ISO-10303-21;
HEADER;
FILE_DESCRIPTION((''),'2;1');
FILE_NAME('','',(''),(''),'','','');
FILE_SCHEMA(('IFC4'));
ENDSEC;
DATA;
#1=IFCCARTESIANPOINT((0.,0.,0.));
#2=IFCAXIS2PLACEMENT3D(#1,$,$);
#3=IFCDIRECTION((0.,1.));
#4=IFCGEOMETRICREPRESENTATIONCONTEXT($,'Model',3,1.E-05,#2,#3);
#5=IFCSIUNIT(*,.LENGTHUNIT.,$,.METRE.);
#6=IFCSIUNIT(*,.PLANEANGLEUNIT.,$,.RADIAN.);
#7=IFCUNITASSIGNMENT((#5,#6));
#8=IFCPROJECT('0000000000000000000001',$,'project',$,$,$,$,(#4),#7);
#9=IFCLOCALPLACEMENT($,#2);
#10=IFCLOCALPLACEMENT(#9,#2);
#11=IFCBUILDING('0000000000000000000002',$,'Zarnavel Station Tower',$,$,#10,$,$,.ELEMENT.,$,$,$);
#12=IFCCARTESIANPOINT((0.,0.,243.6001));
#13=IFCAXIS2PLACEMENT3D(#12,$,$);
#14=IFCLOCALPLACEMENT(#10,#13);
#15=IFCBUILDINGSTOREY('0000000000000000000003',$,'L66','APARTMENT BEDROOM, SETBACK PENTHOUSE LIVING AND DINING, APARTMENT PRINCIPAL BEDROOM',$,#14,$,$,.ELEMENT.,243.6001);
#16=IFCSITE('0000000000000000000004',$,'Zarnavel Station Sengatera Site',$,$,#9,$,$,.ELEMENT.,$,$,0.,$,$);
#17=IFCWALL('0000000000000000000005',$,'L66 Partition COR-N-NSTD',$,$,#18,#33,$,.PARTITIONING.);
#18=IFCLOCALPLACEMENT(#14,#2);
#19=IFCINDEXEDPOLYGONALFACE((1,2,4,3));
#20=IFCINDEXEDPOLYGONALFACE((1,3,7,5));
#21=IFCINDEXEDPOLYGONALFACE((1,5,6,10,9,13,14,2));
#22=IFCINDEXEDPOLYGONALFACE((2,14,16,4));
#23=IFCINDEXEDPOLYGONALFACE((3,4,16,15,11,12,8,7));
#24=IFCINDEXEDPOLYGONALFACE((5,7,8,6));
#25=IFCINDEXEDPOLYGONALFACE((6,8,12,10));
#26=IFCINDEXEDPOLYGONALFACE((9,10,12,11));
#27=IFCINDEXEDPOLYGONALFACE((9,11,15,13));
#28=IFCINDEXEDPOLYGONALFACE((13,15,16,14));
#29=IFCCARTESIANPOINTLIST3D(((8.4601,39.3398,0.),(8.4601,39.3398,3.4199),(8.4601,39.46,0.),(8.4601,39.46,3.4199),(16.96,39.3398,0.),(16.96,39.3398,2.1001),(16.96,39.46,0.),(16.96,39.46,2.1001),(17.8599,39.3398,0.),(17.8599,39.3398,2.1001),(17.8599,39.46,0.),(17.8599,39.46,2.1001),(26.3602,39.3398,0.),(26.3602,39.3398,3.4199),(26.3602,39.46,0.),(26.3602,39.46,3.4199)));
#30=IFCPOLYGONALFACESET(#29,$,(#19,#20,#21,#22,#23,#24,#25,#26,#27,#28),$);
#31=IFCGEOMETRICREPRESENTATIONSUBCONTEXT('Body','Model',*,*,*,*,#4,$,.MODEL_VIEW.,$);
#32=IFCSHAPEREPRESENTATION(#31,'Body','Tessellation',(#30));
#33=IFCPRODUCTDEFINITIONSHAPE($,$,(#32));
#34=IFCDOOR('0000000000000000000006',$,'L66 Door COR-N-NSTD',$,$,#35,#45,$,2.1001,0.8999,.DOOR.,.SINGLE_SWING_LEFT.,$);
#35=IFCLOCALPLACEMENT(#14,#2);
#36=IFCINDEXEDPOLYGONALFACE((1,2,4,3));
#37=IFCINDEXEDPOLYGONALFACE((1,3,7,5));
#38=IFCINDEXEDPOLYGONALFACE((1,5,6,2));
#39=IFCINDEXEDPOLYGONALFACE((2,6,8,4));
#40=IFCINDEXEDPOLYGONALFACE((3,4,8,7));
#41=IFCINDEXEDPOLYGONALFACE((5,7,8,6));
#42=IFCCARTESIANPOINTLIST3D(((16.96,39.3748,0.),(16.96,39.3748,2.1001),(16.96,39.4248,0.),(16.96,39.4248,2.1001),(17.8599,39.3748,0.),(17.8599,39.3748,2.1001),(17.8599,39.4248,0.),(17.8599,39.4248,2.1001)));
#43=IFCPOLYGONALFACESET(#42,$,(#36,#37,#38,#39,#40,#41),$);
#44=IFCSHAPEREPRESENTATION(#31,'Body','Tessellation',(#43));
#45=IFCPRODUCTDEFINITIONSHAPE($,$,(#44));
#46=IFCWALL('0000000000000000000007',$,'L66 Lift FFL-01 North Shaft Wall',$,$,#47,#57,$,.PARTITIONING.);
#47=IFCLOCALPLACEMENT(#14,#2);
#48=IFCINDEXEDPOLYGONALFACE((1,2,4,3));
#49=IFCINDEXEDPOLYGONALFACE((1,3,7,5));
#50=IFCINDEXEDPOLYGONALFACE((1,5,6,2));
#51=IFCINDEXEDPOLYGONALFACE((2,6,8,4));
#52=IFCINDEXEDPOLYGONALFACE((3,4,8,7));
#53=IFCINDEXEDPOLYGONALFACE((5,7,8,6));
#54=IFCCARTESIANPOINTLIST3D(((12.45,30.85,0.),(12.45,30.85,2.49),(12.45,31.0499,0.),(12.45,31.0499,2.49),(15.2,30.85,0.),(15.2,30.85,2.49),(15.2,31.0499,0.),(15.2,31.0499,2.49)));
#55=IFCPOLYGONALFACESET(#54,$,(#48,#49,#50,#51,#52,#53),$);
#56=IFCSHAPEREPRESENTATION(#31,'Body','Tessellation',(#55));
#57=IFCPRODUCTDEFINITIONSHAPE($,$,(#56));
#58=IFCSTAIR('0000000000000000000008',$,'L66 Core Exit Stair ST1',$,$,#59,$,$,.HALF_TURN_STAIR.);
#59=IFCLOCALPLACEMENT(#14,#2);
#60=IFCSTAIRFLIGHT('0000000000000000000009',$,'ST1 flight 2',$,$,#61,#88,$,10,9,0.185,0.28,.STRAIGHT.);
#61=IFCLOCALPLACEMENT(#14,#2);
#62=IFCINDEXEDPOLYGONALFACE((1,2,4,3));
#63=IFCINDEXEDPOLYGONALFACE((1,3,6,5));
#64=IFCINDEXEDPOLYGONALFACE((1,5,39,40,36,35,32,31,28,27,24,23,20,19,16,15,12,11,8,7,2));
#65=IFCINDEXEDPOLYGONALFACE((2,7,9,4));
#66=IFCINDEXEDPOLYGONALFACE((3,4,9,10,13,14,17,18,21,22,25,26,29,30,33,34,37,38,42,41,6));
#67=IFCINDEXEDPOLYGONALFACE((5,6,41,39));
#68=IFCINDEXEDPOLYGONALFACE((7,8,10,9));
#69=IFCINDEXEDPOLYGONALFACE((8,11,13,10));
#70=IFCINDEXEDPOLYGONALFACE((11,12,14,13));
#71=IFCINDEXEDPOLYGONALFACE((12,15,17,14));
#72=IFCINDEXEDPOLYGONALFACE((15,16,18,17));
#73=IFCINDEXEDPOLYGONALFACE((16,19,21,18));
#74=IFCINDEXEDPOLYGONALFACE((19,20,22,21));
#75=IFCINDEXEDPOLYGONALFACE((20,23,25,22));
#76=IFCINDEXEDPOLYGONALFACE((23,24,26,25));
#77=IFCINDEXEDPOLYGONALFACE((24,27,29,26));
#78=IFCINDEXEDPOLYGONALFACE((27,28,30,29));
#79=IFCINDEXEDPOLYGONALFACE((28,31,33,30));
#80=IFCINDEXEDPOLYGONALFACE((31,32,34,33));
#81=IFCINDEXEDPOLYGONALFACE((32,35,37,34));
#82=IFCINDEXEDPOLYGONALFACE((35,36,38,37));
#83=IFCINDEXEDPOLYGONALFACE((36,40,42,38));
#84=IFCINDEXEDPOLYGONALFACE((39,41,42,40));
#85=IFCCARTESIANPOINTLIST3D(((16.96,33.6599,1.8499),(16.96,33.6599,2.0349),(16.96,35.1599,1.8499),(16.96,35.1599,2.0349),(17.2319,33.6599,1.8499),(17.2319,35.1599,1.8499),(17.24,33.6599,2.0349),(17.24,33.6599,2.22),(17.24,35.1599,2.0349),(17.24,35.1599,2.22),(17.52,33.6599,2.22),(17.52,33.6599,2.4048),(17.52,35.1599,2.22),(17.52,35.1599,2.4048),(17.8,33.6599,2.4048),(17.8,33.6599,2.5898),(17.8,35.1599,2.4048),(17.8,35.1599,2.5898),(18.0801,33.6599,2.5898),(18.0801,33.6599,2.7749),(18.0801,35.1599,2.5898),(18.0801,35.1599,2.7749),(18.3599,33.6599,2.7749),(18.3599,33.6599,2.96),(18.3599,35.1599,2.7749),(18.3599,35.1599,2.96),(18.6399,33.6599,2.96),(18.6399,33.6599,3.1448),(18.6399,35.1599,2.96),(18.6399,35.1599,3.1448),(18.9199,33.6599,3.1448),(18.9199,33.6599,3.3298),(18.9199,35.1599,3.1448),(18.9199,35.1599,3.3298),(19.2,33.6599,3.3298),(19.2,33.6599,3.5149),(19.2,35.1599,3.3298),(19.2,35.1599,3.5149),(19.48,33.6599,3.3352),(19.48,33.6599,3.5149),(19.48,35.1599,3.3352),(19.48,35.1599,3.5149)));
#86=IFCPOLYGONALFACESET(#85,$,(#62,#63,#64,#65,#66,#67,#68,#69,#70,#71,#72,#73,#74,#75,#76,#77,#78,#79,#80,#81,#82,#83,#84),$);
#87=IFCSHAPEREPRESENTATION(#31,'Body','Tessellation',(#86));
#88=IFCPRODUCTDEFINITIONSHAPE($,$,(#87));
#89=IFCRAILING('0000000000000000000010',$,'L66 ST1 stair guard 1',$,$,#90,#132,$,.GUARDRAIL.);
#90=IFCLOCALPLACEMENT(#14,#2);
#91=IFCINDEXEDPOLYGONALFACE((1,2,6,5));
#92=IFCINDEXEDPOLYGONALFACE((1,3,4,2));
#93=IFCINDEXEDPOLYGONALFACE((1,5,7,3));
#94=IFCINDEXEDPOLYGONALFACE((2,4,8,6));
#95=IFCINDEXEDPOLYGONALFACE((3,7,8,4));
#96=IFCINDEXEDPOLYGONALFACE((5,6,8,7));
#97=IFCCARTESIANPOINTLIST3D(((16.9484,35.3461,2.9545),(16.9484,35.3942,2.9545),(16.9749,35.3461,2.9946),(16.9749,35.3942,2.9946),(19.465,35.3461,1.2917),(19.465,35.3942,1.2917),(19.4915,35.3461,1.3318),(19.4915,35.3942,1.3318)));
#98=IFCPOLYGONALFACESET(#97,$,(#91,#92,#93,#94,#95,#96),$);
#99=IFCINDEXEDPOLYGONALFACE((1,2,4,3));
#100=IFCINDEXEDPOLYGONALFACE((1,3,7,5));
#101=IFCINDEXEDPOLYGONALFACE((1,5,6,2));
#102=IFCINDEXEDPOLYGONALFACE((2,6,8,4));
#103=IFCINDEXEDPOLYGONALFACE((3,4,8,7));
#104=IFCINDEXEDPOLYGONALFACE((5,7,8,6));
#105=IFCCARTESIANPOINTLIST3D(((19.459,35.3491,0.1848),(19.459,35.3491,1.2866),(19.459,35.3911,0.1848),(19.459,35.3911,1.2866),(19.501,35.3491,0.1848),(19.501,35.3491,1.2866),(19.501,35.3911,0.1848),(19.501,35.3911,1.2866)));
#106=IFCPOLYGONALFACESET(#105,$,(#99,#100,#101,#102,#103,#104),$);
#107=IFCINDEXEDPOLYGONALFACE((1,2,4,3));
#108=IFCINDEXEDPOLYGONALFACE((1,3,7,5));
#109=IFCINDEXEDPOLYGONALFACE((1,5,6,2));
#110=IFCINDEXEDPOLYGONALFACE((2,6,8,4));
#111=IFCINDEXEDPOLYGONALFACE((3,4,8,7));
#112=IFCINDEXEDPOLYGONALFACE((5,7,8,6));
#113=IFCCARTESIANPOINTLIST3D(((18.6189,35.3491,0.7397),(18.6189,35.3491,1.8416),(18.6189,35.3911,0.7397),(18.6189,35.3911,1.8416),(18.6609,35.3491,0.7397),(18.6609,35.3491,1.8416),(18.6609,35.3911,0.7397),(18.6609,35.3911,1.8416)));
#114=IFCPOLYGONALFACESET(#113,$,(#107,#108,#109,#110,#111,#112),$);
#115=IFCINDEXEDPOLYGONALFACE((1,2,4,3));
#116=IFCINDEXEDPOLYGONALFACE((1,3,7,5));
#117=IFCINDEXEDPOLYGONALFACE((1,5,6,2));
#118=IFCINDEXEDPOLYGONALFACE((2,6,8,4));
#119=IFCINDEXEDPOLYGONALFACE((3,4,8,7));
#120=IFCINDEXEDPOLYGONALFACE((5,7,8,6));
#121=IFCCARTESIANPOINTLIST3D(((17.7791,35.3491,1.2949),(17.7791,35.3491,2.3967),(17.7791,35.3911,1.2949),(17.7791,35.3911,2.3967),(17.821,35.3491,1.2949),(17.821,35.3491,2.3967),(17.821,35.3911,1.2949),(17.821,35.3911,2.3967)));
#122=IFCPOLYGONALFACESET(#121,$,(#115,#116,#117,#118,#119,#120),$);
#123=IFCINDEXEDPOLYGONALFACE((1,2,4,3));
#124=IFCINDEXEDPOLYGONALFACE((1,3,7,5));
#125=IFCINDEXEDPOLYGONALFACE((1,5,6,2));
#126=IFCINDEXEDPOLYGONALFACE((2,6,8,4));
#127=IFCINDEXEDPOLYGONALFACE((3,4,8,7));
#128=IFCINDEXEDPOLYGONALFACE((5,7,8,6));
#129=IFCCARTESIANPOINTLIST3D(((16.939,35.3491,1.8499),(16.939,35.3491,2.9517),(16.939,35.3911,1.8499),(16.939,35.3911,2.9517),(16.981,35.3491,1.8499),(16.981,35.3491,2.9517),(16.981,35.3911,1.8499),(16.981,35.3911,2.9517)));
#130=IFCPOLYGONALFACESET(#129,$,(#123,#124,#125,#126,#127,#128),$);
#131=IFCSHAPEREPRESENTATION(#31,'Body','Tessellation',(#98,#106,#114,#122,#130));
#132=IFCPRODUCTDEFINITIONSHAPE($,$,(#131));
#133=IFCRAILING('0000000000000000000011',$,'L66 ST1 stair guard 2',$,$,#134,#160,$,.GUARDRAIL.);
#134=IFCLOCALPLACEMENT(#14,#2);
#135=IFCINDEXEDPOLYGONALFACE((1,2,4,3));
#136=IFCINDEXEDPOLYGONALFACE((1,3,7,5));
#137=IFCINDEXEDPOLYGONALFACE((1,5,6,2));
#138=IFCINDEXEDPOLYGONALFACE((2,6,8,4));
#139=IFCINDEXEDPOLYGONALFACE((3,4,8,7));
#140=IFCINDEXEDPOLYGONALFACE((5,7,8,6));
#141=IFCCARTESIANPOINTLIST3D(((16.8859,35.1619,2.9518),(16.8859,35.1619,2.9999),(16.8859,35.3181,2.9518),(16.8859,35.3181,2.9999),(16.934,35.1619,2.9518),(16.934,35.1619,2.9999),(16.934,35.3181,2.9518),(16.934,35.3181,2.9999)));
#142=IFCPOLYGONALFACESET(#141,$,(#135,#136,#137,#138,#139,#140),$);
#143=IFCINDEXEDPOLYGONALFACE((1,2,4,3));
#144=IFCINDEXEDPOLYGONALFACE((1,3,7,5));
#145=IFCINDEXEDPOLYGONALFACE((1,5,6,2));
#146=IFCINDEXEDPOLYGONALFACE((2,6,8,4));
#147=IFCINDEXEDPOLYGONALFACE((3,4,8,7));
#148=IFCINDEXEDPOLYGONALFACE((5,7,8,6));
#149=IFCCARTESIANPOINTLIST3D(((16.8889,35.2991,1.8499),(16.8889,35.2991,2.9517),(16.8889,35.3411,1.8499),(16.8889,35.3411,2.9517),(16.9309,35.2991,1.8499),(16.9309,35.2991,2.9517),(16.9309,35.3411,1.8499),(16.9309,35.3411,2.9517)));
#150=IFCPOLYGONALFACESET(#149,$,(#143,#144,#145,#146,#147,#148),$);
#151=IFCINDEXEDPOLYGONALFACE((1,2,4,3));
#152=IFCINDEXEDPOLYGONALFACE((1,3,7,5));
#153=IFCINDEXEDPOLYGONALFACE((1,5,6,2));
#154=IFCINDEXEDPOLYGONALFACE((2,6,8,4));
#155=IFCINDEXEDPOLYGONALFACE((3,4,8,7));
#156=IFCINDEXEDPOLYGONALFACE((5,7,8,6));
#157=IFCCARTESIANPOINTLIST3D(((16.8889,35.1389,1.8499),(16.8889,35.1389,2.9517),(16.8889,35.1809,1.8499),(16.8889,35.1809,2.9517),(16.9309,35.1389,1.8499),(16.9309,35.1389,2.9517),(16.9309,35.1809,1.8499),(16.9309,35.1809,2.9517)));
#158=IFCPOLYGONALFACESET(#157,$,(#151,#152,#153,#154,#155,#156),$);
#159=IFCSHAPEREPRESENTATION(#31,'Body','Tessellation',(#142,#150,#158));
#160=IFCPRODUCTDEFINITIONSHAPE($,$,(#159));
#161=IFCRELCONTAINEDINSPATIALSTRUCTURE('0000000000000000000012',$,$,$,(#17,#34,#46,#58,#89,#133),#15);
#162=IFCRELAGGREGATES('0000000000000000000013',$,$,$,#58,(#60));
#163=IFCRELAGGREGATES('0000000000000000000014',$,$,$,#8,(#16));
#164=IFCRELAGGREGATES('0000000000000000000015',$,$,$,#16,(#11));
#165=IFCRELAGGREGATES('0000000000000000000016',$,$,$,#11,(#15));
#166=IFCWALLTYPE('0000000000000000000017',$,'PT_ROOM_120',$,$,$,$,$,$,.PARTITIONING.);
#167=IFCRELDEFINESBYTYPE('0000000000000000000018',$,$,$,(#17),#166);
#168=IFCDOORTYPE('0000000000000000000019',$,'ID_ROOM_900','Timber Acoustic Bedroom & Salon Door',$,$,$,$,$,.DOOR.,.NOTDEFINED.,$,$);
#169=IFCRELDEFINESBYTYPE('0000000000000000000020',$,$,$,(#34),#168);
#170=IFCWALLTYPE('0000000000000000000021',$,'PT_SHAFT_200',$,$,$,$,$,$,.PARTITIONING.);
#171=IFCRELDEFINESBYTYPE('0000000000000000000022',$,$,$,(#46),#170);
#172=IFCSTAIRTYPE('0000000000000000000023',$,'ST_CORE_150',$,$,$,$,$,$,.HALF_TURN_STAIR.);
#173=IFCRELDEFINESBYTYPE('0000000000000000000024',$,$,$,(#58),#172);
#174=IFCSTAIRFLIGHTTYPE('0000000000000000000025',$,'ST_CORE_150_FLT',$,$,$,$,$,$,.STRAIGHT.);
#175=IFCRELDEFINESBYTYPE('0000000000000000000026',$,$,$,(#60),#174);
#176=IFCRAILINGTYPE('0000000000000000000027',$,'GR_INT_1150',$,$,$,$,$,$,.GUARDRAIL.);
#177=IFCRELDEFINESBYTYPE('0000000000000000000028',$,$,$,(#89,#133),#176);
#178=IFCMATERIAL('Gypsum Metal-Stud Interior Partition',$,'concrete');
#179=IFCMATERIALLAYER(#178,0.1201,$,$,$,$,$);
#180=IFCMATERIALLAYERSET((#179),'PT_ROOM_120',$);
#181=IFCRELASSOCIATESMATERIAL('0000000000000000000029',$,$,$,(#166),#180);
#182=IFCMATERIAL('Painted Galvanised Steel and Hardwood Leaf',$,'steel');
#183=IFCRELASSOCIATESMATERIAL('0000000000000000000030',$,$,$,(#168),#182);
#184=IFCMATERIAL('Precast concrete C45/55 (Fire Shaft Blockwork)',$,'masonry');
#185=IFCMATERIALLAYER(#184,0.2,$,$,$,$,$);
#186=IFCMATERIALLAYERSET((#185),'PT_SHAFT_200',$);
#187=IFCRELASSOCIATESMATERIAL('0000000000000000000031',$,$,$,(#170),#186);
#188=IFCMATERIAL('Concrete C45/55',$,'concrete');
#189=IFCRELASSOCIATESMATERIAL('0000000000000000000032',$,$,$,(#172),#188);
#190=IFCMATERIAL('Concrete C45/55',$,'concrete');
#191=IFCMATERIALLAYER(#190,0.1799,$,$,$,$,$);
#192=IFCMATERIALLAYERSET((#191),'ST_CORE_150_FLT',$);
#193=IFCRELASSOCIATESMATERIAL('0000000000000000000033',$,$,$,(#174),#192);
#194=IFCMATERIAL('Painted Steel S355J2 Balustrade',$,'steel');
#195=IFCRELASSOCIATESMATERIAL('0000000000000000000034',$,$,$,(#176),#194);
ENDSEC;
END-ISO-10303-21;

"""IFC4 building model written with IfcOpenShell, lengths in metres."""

from ifc_helpers import new_model, si_unit, direction, frame, frame_2d, origin, origin_2d, place, context, subcontext, project, spatial, polyline, rectangle, outline, extrude, material, layer, layer_set, type_object, element, fill, aggregate, save


model = new_model("IFC4")

# Units and contexts
model_context = context("Model", 3, precision=1e-05, world=origin(), true_north=direction((0.0, 1.0)))
body_context = subcontext(model_context, "Body", "Model", "MODEL_VIEW")
ifc_project = project(units=[si_unit("LENGTHUNIT", "METRE"), si_unit("PLANEANGLEUNIT", "RADIAN")], contexts=[model_context])

# Site, building, storey
site_placement = place(None, origin())
site = spatial("IfcSite", under=ifc_project, at=site_placement, Name="Zarnavel Station Sengatera Site", CompositionType="ELEMENT", RefElevation=0.0)
building_placement = place(site_placement, origin())
building = spatial("IfcBuilding", under=site, at=building_placement, Name="Zarnavel Station Tower", CompositionType="ELEMENT")
storey_placement = place(building_placement, frame((0.0, 0.0, 243.6001)))
storey = spatial("IfcBuildingStorey", under=building, at=storey_placement, Name="L66", Description="APARTMENT BEDROOM, SETBACK PENTHOUSE LIVING AND DINING, APARTMENT PRINCIPAL BEDROOM", CompositionType="ELEMENT", Elevation=243.6001)

# Wall, opening, door
ifc_material_1 = material(Name="Gypsum Metal-Stud Interior Partition", Category="concrete")
ifc_layer_1 = layer(ifc_material_1, 0.1201)
ifc_layer_set_1 = layer_set([ifc_layer_1], Name="PT_ROOM_120")
wall_type_1 = type_object("IfcWallType", Name="PT_ROOM_120", PredefinedType="PARTITIONING", material=ifc_layer_set_1)
wall_1_placement = place(storey_placement, frame((8.46, 39.3999, 0.0), z_axis=(0.0, 0.0, 1.0), x_axis=(1.0, 0.0, 0.0)))
wall_1 = element("IfcWall", 1, at=wall_1_placement, inside=storey, type_object=wall_type_1, Name="L66 Partition COR-N-NSTD", PredefinedType="PARTITIONING", context=body_context, shape_type="SweptSolid", body=[
    extrude(rectangle(XDim=17.9001, YDim=0.1201, at=frame_2d((8.9502, 0.0))), origin(), (0.0, 0.0, 1.0), 3.4199),
])
opening_1_placement = place(wall_1_placement, frame((8.5, 0.0, 0.0)))
opening_1 = element("IfcOpeningElement", 2, at=opening_1_placement, cuts=wall_1, PredefinedType="OPENING", context=body_context, shape_type="SweptSolid", body=[
    extrude(rectangle(XDim=0.8999, YDim=2.1001, at=frame_2d((0.45, 1.05))), frame((0.0, 0.0701, 0.0), z_axis=(0.0, -1.0, 0.0), x_axis=(1.0, 0.0, 0.0)), (0.0, 0.0, 1.0), 0.1401),
])
ifc_material_2 = material(Name="Painted Galvanised Steel and Hardwood Leaf", Category="steel")
door_type = type_object("IfcDoorType", Name="ID_ROOM_900", Description="Timber Acoustic Bedroom & Salon Door", OperationType="NOTDEFINED", PredefinedType="DOOR", material=ifc_material_2)
door_placement = place(opening_1_placement, origin())
door = element("IfcDoor", 3, at=door_placement, inside=storey, type_object=door_type, Name="L66 Door COR-N-NSTD", OperationType="SINGLE_SWING_LEFT", OverallHeight=2.1001, OverallWidth=0.8999, PredefinedType="DOOR", context=body_context, shape_type="SweptSolid", body=[
    extrude(rectangle(XDim=0.8999, YDim=2.1001, at=frame_2d((0.45, 1.05))), frame((0.0, 0.0249, 0.0), z_axis=(0.0, -1.0, 0.0), x_axis=(1.0, 0.0, 0.0)), (0.0, 0.0, 1.0), 0.05),
])
fill(opening_1, door)

# Wall
ifc_material_3 = material(Name="Precast concrete C45/55 (Fire Shaft Blockwork)", Category="masonry")
ifc_layer_2 = layer(ifc_material_3, 0.2)
ifc_layer_set_2 = layer_set([ifc_layer_2], Name="PT_SHAFT_200")
wall_type_2 = type_object("IfcWallType", Name="PT_SHAFT_200", PredefinedType="PARTITIONING", material=ifc_layer_set_2)
wall_2_placement = place(storey_placement, frame((12.45, 30.95, 0.0), z_axis=(0.0, 0.0, 1.0), x_axis=(1.0, 0.0, 0.0)))
element("IfcWall", 4, at=wall_2_placement, inside=storey, type_object=wall_type_2, Name="L66 Lift FFL-01 North Shaft Wall", PredefinedType="PARTITIONING", context=body_context, shape_type="SweptSolid", body=[
    extrude(rectangle(XDim=2.75, YDim=0.2, at=frame_2d((1.375, 0.0))), origin(), (0.0, 0.0, 1.0), 2.49),
])

# Stair, stair flight
ifc_material_4 = material(Name="Concrete C45/55", Category="concrete")
stair_type = type_object("IfcStairType", Name="ST_CORE_150", PredefinedType="HALF_TURN_STAIR", material=ifc_material_4)
stair_placement = place(storey_placement, origin())
stair = element("IfcStair", 5, at=stair_placement, inside=storey, type_object=stair_type, Name="L66 Core Exit Stair ST1", PredefinedType="HALF_TURN_STAIR")
ifc_material_5 = material(Name="Concrete C45/55", Category="concrete")
ifc_layer_3 = layer(ifc_material_5, 0.1799)
ifc_layer_set_3 = layer_set([ifc_layer_3], Name="ST_CORE_150_FLT")
stair_flight_type = type_object("IfcStairFlightType", Name="ST_CORE_150_FLT", PredefinedType="STRAIGHT", material=ifc_layer_set_3)
stair_flight_placement = place(storey_placement, frame((16.96, 34.4099, 1.8499), z_axis=(0.0, 0.0, 1.0), x_axis=(1.0, 0.0, 0.0)))
stair_flight = element("IfcStairFlight", 6, at=stair_flight_placement, type_object=stair_flight_type, Name="ST1 flight 2", NumberOfRisers=10, NumberOfTreads=9, PredefinedType="STRAIGHT", RiserHeight=0.185, TreadLength=0.28, context=body_context, shape_type="SweptSolid", body=[
    extrude(outline(polyline([(0.0, 0.0), (0.0, 0.1851), (0.28, 0.1851), (0.28, 0.3701), (0.5601, 0.3701), (0.5601, 0.5549), (0.8401, 0.5549), (0.8401, 0.74), (1.1201, 0.74), (1.1201, 0.925), (1.3999, 0.925), (1.3999, 1.1101), (1.6799, 1.1101), (1.6799, 1.2949), (1.96, 1.2949), (1.96, 1.48), (2.24, 1.48), (2.24, 1.665), (2.52, 1.665), (2.52, 1.8501), (2.52, 1.4854), (0.272, 0.0), (0.0, 0.0)])), frame((0.0, 0.75, 0.0), z_axis=(0.0, -1.0, 0.0), x_axis=(1.0, 0.0, 0.0)), (0.0, 0.0, 1.0), 1.5),
])
aggregate(stair, [stair_flight])

# Railings
ifc_material_6 = material(Name="Painted Steel S355J2 Balustrade", Category="steel")
railing_type_1 = type_object("IfcRailingType", Name="GR_INT_1150", PredefinedType="GUARDRAIL", material=ifc_material_6)
railing_1_placement = place(storey_placement, frame((19.48, 35.3701, 0.1848)))
element("IfcRailing", 7, at=railing_1_placement, inside=storey, type_object=railing_type_1, Name="L66 ST1 stair guard 1", PredefinedType="GUARDRAIL", context=body_context, shape_type="SweptSolid", body=[
    extrude(rectangle(XDim=0.0481, YDim=0.0481, at=origin_2d()), frame((-0.0017, 0.0, 1.127), z_axis=(-0.834331, 0.0, 0.551263), x_axis=(0.0, -1.0, 0.0)), (0.0, 0.0, 1.0), 3.0164),
    extrude(rectangle(XDim=0.042, YDim=0.042, at=origin_2d()), origin(), (0.0, 0.0, 1.0), 1.1018),
    extrude(rectangle(XDim=0.042, YDim=0.042, at=origin_2d()), frame((-0.8401, 0.0, 0.5549)), (0.0, 0.0, 1.0), 1.1018),
    extrude(rectangle(XDim=0.042, YDim=0.042, at=origin_2d()), frame((-1.6799, 0.0, 1.1101)), (0.0, 0.0, 1.0), 1.1018),
    extrude(rectangle(XDim=0.042, YDim=0.042, at=origin_2d()), frame((-2.52, 0.0, 1.665)), (0.0, 0.0, 1.0), 1.1018),
])
railing_2_placement = place(storey_placement, frame((16.9099, 35.3201, 1.8499)))
element("IfcRailing", 8, at=railing_2_placement, inside=storey, type_object=railing_type_1, Name="L66 ST1 stair guard 2", PredefinedType="GUARDRAIL", context=body_context, shape_type="SweptSolid", body=[
    extrude(rectangle(XDim=0.0481, YDim=0.0481, at=origin_2d()), frame((0.0, -0.002, 1.126), z_axis=(0.0, -1.0, 0.0), x_axis=(1.0, 0.0, 0.0)), (0.0, 0.0, 1.0), 0.1562),
    extrude(rectangle(XDim=0.042, YDim=0.042, at=origin_2d()), origin(), (0.0, 0.0, 1.0), 1.1018),
    extrude(rectangle(XDim=0.042, YDim=0.042, at=origin_2d()), frame((0.0, -0.1602, 0.0)), (0.0, 0.0, 1.0), 1.1018),
])

save(model, "model.ifc")
